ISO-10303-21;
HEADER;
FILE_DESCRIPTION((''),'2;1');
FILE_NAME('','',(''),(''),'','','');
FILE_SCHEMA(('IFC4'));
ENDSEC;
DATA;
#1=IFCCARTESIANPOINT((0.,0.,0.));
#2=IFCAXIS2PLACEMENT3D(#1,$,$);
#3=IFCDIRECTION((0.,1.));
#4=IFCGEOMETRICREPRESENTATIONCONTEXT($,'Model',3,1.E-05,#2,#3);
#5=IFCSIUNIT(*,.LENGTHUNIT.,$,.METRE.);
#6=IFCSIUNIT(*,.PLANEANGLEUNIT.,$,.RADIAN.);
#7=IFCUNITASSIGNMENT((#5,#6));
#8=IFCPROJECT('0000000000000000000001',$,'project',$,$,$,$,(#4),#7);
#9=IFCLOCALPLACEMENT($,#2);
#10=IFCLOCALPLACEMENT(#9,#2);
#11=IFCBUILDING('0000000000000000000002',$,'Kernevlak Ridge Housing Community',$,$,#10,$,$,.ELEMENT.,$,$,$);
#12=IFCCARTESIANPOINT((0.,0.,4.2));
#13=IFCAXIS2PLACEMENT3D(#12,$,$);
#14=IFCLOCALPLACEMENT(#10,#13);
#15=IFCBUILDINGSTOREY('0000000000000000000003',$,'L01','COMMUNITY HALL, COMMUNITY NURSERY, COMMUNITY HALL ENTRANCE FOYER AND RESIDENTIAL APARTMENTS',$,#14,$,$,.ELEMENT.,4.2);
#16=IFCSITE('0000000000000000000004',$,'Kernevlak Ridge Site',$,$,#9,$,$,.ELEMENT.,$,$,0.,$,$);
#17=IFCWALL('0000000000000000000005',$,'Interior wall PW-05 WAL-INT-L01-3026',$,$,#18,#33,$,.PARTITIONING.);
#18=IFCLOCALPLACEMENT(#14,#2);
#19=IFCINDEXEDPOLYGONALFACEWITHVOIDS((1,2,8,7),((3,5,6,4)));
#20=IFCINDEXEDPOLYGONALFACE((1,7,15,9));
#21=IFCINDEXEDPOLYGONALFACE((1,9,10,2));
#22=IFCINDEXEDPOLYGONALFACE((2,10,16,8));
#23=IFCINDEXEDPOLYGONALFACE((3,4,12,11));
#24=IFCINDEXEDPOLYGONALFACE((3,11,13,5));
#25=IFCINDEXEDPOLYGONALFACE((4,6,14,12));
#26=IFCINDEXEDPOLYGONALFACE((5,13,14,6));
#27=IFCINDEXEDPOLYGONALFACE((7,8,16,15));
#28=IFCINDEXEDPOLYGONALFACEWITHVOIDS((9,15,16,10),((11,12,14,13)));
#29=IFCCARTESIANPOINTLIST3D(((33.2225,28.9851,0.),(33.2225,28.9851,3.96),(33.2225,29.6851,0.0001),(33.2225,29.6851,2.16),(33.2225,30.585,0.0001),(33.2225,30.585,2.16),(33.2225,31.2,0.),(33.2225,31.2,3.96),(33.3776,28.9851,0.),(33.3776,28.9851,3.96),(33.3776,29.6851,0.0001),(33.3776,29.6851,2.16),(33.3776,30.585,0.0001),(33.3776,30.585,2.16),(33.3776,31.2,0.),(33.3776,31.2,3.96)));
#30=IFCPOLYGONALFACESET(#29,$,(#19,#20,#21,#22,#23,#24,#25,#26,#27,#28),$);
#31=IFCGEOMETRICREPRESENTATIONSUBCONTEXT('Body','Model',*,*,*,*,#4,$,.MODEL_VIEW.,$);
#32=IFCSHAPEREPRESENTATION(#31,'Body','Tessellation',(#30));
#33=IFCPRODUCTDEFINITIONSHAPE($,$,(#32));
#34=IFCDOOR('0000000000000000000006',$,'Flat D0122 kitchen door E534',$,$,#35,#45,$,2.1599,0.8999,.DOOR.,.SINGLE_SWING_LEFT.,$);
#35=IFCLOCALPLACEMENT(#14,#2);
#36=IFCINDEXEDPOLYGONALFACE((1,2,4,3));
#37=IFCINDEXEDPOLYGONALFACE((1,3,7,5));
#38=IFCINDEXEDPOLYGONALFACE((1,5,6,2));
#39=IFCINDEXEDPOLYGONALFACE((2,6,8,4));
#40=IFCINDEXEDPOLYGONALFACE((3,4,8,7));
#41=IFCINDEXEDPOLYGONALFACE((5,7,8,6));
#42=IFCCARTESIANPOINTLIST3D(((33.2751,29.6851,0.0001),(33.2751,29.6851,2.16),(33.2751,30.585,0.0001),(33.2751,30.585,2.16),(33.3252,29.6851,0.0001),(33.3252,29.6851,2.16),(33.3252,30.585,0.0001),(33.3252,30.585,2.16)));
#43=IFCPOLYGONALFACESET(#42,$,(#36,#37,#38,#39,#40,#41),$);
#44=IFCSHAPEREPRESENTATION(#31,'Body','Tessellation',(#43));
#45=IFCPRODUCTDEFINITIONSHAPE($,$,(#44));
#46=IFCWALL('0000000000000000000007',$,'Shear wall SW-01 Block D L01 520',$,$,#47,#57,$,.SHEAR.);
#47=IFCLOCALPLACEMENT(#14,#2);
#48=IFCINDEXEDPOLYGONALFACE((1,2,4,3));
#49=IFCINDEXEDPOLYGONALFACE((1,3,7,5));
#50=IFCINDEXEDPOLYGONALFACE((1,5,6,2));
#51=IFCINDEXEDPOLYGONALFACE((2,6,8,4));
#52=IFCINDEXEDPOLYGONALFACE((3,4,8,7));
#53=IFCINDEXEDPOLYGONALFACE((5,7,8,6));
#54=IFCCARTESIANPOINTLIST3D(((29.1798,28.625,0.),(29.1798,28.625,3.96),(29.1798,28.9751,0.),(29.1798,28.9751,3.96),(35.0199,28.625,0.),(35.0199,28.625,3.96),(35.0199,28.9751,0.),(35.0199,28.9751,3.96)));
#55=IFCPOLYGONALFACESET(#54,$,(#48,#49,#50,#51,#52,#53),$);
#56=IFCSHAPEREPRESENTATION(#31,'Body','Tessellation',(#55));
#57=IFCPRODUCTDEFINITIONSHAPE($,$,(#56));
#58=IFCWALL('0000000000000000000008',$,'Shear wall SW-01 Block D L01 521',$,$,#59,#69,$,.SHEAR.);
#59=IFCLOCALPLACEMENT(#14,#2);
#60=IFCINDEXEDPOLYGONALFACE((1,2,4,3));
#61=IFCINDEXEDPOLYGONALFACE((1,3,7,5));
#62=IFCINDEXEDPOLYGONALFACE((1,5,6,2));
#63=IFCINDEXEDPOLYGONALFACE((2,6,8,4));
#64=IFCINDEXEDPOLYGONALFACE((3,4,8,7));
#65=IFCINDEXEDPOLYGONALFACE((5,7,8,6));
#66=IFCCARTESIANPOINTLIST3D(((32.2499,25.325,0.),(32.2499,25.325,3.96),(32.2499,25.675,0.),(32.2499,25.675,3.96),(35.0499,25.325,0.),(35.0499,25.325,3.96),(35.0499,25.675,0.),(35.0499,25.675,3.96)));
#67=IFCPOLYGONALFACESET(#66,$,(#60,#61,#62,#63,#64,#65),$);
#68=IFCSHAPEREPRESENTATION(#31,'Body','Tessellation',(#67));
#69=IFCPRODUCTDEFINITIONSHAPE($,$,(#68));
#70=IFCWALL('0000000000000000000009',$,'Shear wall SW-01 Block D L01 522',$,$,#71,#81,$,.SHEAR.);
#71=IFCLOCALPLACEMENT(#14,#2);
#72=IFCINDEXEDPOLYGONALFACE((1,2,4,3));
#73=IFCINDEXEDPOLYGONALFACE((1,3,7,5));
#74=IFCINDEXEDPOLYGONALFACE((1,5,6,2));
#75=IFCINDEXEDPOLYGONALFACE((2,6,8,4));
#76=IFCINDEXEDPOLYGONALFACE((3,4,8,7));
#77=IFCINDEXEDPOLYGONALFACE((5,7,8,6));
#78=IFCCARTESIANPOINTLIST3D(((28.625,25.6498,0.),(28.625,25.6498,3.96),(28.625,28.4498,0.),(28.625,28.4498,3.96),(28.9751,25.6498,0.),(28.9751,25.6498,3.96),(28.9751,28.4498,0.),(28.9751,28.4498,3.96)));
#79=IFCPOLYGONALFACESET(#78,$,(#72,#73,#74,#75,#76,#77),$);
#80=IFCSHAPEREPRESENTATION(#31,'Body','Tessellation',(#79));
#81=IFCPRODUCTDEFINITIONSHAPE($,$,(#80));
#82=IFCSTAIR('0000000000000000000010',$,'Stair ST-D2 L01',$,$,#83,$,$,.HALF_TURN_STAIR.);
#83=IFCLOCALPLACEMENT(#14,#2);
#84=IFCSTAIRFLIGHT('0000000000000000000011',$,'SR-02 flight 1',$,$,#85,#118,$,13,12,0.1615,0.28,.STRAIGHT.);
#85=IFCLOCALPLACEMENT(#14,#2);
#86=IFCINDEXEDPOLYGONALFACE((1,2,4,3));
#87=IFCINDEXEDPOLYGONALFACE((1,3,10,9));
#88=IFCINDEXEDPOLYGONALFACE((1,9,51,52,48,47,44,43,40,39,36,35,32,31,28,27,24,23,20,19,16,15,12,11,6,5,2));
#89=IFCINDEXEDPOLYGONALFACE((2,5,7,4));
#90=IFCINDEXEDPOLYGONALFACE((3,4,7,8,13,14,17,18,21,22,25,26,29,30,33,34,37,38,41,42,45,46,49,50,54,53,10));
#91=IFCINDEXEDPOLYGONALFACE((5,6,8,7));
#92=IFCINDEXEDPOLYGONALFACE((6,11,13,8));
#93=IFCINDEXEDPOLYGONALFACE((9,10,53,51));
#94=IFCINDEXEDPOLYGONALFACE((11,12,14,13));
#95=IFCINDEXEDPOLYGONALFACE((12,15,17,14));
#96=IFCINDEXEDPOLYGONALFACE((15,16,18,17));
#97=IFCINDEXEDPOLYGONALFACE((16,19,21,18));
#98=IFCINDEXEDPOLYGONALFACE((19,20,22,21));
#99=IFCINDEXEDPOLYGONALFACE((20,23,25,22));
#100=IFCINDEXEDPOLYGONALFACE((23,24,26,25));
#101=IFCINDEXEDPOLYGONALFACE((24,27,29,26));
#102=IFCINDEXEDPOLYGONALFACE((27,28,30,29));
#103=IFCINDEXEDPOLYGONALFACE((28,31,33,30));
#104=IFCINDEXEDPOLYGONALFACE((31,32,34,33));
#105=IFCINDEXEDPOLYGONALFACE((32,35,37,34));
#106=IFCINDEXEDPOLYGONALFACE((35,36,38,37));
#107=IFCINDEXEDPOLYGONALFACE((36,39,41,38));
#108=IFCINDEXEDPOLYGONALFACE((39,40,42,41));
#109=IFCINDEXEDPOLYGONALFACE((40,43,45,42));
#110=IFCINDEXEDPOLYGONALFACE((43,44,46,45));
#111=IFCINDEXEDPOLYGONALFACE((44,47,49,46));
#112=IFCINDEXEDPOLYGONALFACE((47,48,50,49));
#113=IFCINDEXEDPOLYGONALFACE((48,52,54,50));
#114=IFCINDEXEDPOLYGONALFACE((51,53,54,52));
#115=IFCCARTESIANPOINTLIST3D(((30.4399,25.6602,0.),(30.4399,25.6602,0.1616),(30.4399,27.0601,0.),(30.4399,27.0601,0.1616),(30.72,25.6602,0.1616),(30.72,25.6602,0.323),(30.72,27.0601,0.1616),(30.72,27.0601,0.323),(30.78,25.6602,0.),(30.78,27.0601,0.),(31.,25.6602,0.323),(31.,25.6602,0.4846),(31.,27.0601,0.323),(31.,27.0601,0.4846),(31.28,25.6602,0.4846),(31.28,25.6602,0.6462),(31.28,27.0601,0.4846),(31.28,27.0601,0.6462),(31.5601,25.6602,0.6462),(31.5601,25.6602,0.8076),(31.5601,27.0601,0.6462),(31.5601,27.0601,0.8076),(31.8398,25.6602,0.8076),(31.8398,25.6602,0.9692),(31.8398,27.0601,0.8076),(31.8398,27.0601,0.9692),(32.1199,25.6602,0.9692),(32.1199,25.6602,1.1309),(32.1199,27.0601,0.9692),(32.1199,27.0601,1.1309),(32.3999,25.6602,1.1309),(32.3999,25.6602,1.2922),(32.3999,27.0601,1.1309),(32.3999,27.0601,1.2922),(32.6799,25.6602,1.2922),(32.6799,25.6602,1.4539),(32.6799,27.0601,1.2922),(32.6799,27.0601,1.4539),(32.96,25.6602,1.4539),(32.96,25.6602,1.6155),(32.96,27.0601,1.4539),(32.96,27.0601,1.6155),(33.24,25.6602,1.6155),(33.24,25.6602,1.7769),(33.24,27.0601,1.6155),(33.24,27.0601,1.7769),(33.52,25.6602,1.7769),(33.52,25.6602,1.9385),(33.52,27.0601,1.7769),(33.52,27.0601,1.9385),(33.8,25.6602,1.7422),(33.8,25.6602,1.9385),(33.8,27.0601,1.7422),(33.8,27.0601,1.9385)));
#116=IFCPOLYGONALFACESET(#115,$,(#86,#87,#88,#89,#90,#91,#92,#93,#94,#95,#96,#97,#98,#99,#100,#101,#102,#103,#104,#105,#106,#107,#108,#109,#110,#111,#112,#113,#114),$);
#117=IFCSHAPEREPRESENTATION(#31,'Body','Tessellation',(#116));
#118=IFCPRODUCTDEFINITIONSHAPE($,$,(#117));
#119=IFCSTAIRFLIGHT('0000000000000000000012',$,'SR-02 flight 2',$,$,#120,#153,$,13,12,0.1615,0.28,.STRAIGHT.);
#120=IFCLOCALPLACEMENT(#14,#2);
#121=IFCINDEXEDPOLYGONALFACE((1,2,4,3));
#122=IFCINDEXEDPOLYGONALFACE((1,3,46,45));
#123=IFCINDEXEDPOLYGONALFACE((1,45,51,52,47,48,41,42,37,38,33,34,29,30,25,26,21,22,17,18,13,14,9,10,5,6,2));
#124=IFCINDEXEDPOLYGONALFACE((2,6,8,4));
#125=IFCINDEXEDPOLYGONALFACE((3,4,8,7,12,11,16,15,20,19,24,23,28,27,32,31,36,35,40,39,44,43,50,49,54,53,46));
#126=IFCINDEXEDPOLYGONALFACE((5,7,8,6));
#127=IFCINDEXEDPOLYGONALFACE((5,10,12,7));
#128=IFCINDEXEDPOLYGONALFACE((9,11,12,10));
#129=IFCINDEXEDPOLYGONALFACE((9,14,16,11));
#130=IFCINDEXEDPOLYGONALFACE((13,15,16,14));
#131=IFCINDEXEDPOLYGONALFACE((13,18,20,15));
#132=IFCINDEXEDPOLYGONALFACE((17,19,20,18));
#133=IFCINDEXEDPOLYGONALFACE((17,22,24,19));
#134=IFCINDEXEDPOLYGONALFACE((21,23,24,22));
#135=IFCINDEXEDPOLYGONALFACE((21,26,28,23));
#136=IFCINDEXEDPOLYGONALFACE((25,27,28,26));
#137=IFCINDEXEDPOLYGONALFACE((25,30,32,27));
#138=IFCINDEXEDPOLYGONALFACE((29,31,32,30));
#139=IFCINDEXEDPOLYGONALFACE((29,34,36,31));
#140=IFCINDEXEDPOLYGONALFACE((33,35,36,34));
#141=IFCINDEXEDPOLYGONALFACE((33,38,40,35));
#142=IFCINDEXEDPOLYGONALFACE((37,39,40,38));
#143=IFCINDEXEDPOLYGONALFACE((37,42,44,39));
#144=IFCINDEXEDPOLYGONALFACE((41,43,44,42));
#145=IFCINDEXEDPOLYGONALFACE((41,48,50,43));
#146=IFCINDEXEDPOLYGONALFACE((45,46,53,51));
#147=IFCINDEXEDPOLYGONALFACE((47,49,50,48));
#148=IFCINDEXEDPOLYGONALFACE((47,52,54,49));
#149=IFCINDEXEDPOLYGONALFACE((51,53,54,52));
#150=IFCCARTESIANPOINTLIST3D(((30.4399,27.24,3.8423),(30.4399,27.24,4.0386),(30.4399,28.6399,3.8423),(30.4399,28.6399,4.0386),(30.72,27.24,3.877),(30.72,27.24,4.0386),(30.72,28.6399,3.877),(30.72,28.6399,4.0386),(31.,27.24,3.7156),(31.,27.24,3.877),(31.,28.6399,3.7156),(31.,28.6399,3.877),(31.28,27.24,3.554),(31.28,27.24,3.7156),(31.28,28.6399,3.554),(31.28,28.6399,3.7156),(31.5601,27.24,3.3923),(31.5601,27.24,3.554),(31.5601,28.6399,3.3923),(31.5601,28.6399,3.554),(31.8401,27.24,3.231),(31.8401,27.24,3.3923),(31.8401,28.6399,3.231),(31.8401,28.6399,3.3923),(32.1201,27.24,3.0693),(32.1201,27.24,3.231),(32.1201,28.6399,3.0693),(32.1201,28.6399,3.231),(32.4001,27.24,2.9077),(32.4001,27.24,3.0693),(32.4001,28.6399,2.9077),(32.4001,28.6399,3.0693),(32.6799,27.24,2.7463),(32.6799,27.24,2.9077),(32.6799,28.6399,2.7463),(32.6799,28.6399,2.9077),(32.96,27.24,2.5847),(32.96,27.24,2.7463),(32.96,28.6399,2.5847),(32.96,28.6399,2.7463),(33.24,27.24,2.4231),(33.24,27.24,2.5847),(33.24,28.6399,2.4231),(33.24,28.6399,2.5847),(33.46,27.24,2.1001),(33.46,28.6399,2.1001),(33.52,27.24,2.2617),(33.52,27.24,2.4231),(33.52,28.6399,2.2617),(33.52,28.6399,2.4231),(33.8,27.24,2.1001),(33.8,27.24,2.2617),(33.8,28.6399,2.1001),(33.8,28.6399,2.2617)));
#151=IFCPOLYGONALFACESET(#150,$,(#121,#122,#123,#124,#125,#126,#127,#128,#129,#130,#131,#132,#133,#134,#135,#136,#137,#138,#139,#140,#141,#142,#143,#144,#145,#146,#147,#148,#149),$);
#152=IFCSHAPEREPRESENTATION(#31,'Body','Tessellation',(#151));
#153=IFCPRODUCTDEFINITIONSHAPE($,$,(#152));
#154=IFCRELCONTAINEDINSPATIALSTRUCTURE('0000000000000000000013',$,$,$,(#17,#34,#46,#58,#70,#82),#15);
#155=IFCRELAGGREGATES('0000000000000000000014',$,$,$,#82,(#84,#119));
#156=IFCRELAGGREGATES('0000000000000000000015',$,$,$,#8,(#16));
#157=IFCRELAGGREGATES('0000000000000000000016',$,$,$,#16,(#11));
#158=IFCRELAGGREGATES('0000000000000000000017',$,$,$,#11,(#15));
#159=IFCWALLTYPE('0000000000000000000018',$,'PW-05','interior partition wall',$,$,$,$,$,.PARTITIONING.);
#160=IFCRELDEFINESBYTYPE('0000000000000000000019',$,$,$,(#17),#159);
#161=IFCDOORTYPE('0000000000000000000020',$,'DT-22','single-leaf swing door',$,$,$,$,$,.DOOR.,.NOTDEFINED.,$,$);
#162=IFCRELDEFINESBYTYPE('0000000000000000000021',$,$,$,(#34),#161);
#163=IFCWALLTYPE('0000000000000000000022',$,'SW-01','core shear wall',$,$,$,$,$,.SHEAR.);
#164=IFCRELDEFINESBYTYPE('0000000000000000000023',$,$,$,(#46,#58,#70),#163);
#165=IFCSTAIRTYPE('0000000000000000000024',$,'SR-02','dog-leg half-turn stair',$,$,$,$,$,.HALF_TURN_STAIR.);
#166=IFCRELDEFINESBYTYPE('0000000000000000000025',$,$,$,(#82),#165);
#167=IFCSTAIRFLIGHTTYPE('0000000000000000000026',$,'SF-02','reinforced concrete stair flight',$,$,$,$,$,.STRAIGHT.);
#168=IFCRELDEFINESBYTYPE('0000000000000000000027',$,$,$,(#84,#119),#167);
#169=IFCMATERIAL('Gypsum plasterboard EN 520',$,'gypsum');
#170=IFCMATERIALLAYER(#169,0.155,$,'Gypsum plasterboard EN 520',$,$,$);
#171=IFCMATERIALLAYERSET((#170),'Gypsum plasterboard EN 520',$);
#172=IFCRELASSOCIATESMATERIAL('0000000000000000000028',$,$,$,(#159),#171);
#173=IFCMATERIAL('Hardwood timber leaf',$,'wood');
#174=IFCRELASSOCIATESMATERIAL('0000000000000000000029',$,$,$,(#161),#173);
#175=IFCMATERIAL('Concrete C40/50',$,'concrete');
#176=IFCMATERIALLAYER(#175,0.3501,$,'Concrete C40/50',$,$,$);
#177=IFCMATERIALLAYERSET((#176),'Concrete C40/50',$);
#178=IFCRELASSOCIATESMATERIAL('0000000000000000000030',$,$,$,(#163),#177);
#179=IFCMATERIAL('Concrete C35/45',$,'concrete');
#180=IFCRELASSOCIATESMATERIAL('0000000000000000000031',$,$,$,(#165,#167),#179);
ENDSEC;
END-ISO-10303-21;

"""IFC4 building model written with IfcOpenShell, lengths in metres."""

from ifc_helpers import new_model, si_unit, direction, frame, frame_2d, origin, place, context, subcontext, project, spatial, polyline, rectangle, outline, extrude, material, layer, layer_set, type_object, element, fill, aggregate, save


model = new_model("IFC4")

# Units and contexts
model_context = context("Model", 3, precision=1e-05, world=origin(), true_north=direction((0.0, 1.0)))
body_context = subcontext(model_context, "Body", "Model", "MODEL_VIEW")
ifc_project = project(units=[si_unit("LENGTHUNIT", "METRE"), si_unit("PLANEANGLEUNIT", "RADIAN")], contexts=[model_context])

# Site, building, storey
site_placement = place(None, origin())
site = spatial("IfcSite", under=ifc_project, at=site_placement, Name="Kernevlak Ridge Site", CompositionType="ELEMENT", RefElevation=0.0)
building_placement = place(site_placement, origin())
building = spatial("IfcBuilding", under=site, at=building_placement, Name="Kernevlak Ridge Housing Community", CompositionType="ELEMENT")
storey_placement = place(building_placement, frame((0.0, 0.0, 4.2)))
storey = spatial("IfcBuildingStorey", under=building, at=storey_placement, Name="L01", Description="COMMUNITY HALL, COMMUNITY NURSERY, COMMUNITY HALL ENTRANCE FOYER AND RESIDENTIAL APARTMENTS", CompositionType="ELEMENT", Elevation=4.2)

# Shared definitions
ifc_material_1 = material(Name="Concrete C35/45", Category="concrete")

# Wall, opening, door
ifc_material_2 = material(Name="Gypsum plasterboard EN 520", Category="gypsum")
ifc_layer_1 = layer(ifc_material_2, 0.155, Name="Gypsum plasterboard EN 520")
ifc_layer_set_1 = layer_set([ifc_layer_1], Name="Gypsum plasterboard EN 520")
wall_type_1 = type_object("IfcWallType", Name="PW-05", Description="interior partition wall", PredefinedType="PARTITIONING", material=ifc_layer_set_1)
wall_1_placement = place(storey_placement, frame((33.3, 28.9851, 0.0), z_axis=(0.0, 0.0, 1.0), x_axis=(0.0, 1.0, 0.0)))
wall_1 = element("IfcWall", 1, at=wall_1_placement, inside=storey, type_object=wall_type_1, Name="Interior wall PW-05 WAL-INT-L01-3026", PredefinedType="PARTITIONING", context=body_context, shape_type="SweptSolid", body=[
    extrude(rectangle(XDim=2.2148, YDim=0.155, at=frame_2d((1.1074, 0.0))), origin(), (0.0, 0.0, 1.0), 3.96),
])
opening_1_placement = place(wall_1_placement, frame((0.7, 0.0, 0.0)))
opening_1 = element("IfcOpeningElement", 2, at=opening_1_placement, cuts=wall_1, PredefinedType="OPENING", context=body_context, shape_type="SweptSolid", body=[
    extrude(rectangle(XDim=0.8999, YDim=2.1599, at=frame_2d((0.45, 1.0801))), frame((0.0, 0.0874, 0.0), z_axis=(0.0, -1.0, 0.0), x_axis=(1.0, 0.0, 0.0)), (0.0, 0.0, 1.0), 0.175),
])
ifc_material_3 = material(Name="Hardwood timber leaf", Category="wood")
door_type_1 = type_object("IfcDoorType", Name="DT-22", Description="single-leaf swing door", OperationType="NOTDEFINED", PredefinedType="DOOR", material=ifc_material_3)
door_1_placement = place(opening_1_placement, origin())
door_1 = element("IfcDoor", 3, at=door_1_placement, inside=storey, type_object=door_type_1, Name="Flat D0122 kitchen door E534", OperationType="SINGLE_SWING_LEFT", OverallHeight=2.1599, OverallWidth=0.8999, PredefinedType="DOOR", context=body_context, shape_type="SweptSolid", body=[
    extrude(rectangle(XDim=0.8999, YDim=2.1599, at=frame_2d((0.45, 1.0801))), frame((0.0, 0.0249, 0.0), z_axis=(0.0, -1.0, 0.0), x_axis=(1.0, 0.0, 0.0)), (0.0, 0.0, 1.0), 0.05),
])
fill(opening_1, door_1)

# Walls
ifc_material_4 = material(Name="Concrete C40/50", Category="concrete")
ifc_layer_2 = layer(ifc_material_4, 0.3501, Name="Concrete C40/50")
ifc_layer_set_2 = layer_set([ifc_layer_2], Name="Concrete C40/50")
wall_type_2 = type_object("IfcWallType", Name="SW-01", Description="core shear wall", PredefinedType="SHEAR", material=ifc_layer_set_2)
wall_2_placement = place(storey_placement, frame((29.1799, 28.8, 0.0), z_axis=(0.0, 0.0, 1.0), x_axis=(1.0, 0.0, 0.0)))
element("IfcWall", 4, at=wall_2_placement, inside=storey, type_object=wall_type_2, Name="Shear wall SW-01 Block D L01 520", PredefinedType="SHEAR", context=body_context, shape_type="SweptSolid", body=[
    extrude(rectangle(XDim=5.8401, YDim=0.3501, at=frame_2d((2.9199, 0.0))), origin(), (0.0, 0.0, 1.0), 3.96),
])
for number, where, z_axis, x_axis, name in (
    (5, (32.25, 25.5, 0.0), (0.0, 0.0, 1.0), (1.0, 0.0, 0.0), "Shear wall SW-01 Block D L01 521"),
    (6, (28.8, 25.6499, 0.0), (0.0, 0.0, 1.0), (0.0, 1.0, 0.0), "Shear wall SW-01 Block D L01 522"),
):
    element("IfcWall", number, at=place(storey_placement, frame(where, z_axis=z_axis, x_axis=x_axis)), inside=storey, type_object=wall_type_2, Name=name, PredefinedType="SHEAR", context=body_context, shape_type="SweptSolid", body=[
        extrude(rectangle(XDim=2.8, YDim=0.3501, at=frame_2d((1.3999, 0.0))), origin(), (0.0, 0.0, 1.0), 3.96),
    ])

# Stair, stair flights
stair_type = type_object("IfcStairType", Name="SR-02", Description="dog-leg half-turn stair", PredefinedType="HALF_TURN_STAIR", material=ifc_material_1)
stair_placement = place(storey_placement, origin())
stair = element("IfcStair", 7, at=stair_placement, inside=storey, type_object=stair_type, Name="Stair ST-D2 L01", PredefinedType="HALF_TURN_STAIR")
stair_flight_type = type_object("IfcStairFlightType", Name="SF-02", Description="reinforced concrete stair flight", PredefinedType="STRAIGHT", material=ifc_material_1)
stair_flight_1_placement = place(storey_placement, frame((30.4399, 26.3601, 0.0), z_axis=(0.0, 0.0, 1.0), x_axis=(1.0, 0.0, 0.0)))
stair_flight_1 = element("IfcStairFlight", 8, at=stair_flight_1_placement, type_object=stair_flight_type, Name="SR-02 flight 1", NumberOfRisers=13, NumberOfTreads=12, PredefinedType="STRAIGHT", RiserHeight=0.1615, TreadLength=0.28, context=body_context, shape_type="SweptSolid", body=[
    extrude(outline(polyline([(0.0, 0.0), (0.0, 0.1616), (0.28, 0.1616), (0.28, 0.323), (0.5601, 0.323), (0.5601, 0.4846), (0.8401, 0.4846), (0.8401, 0.6462), (1.1201, 0.6462), (1.1201, 0.8076), (1.3999, 0.8076), (1.3999, 0.9692), (1.6799, 0.9692), (1.6799, 1.1309), (1.96, 1.1309), (1.96, 1.2922), (2.24, 1.2922), (2.24, 1.4539), (2.52, 1.4539), (2.52, 1.6155), (2.8, 1.6155), (2.8, 1.7769), (3.0801, 1.7769), (3.0801, 1.9385), (3.3601, 1.9385), (3.3601, 2.1001), (3.3601, 1.7422), (0.3401, 0.0), (0.0, 0.0)])), frame((0.0, 0.7, 0.0), z_axis=(0.0, -1.0, 0.0), x_axis=(1.0, 0.0, 0.0)), (0.0, 0.0, 1.0), 1.3999),
])
stair_flight_2_placement = place(storey_placement, frame((33.8, 27.9399, 2.1001), z_axis=(0.0, 0.0, 1.0), x_axis=(-1.0, 0.0, 0.0)))
stair_flight_2 = element("IfcStairFlight", 9, at=stair_flight_2_placement, type_object=stair_flight_type, Name="SR-02 flight 2", NumberOfRisers=13, NumberOfTreads=12, PredefinedType="STRAIGHT", RiserHeight=0.1615, TreadLength=0.28, context=body_context, shape_type="SweptSolid", body=[
    extrude(outline(polyline([(0.0, 0.0), (0.0, 0.1616), (0.28, 0.1616), (0.28, 0.323), (0.5601, 0.323), (0.5601, 0.4846), (0.8401, 0.4846), (0.8401, 0.6462), (1.1201, 0.6462), (1.1201, 0.8076), (1.3999, 0.8076), (1.3999, 0.9692), (1.6799, 0.9692), (1.6799, 1.1309), (1.96, 1.1309), (1.96, 1.2922), (2.24, 1.2922), (2.24, 1.4539), (2.52, 1.4539), (2.52, 1.6155), (2.8, 1.6155), (2.8, 1.7769), (3.0801, 1.7769), (3.0801, 1.9385), (3.3601, 1.9385), (3.3601, 2.1001), (3.3601, 1.7422), (0.3401, 0.0), (0.0, 0.0)])), frame((0.0, 0.7, 0.0), z_axis=(0.0, -1.0, 0.0), x_axis=(1.0, 0.0, 0.0)), (0.0, 0.0, 1.0), 1.3999),
])
aggregate(stair, [stair_flight_1, stair_flight_2])

save(model, "model.ifc")
